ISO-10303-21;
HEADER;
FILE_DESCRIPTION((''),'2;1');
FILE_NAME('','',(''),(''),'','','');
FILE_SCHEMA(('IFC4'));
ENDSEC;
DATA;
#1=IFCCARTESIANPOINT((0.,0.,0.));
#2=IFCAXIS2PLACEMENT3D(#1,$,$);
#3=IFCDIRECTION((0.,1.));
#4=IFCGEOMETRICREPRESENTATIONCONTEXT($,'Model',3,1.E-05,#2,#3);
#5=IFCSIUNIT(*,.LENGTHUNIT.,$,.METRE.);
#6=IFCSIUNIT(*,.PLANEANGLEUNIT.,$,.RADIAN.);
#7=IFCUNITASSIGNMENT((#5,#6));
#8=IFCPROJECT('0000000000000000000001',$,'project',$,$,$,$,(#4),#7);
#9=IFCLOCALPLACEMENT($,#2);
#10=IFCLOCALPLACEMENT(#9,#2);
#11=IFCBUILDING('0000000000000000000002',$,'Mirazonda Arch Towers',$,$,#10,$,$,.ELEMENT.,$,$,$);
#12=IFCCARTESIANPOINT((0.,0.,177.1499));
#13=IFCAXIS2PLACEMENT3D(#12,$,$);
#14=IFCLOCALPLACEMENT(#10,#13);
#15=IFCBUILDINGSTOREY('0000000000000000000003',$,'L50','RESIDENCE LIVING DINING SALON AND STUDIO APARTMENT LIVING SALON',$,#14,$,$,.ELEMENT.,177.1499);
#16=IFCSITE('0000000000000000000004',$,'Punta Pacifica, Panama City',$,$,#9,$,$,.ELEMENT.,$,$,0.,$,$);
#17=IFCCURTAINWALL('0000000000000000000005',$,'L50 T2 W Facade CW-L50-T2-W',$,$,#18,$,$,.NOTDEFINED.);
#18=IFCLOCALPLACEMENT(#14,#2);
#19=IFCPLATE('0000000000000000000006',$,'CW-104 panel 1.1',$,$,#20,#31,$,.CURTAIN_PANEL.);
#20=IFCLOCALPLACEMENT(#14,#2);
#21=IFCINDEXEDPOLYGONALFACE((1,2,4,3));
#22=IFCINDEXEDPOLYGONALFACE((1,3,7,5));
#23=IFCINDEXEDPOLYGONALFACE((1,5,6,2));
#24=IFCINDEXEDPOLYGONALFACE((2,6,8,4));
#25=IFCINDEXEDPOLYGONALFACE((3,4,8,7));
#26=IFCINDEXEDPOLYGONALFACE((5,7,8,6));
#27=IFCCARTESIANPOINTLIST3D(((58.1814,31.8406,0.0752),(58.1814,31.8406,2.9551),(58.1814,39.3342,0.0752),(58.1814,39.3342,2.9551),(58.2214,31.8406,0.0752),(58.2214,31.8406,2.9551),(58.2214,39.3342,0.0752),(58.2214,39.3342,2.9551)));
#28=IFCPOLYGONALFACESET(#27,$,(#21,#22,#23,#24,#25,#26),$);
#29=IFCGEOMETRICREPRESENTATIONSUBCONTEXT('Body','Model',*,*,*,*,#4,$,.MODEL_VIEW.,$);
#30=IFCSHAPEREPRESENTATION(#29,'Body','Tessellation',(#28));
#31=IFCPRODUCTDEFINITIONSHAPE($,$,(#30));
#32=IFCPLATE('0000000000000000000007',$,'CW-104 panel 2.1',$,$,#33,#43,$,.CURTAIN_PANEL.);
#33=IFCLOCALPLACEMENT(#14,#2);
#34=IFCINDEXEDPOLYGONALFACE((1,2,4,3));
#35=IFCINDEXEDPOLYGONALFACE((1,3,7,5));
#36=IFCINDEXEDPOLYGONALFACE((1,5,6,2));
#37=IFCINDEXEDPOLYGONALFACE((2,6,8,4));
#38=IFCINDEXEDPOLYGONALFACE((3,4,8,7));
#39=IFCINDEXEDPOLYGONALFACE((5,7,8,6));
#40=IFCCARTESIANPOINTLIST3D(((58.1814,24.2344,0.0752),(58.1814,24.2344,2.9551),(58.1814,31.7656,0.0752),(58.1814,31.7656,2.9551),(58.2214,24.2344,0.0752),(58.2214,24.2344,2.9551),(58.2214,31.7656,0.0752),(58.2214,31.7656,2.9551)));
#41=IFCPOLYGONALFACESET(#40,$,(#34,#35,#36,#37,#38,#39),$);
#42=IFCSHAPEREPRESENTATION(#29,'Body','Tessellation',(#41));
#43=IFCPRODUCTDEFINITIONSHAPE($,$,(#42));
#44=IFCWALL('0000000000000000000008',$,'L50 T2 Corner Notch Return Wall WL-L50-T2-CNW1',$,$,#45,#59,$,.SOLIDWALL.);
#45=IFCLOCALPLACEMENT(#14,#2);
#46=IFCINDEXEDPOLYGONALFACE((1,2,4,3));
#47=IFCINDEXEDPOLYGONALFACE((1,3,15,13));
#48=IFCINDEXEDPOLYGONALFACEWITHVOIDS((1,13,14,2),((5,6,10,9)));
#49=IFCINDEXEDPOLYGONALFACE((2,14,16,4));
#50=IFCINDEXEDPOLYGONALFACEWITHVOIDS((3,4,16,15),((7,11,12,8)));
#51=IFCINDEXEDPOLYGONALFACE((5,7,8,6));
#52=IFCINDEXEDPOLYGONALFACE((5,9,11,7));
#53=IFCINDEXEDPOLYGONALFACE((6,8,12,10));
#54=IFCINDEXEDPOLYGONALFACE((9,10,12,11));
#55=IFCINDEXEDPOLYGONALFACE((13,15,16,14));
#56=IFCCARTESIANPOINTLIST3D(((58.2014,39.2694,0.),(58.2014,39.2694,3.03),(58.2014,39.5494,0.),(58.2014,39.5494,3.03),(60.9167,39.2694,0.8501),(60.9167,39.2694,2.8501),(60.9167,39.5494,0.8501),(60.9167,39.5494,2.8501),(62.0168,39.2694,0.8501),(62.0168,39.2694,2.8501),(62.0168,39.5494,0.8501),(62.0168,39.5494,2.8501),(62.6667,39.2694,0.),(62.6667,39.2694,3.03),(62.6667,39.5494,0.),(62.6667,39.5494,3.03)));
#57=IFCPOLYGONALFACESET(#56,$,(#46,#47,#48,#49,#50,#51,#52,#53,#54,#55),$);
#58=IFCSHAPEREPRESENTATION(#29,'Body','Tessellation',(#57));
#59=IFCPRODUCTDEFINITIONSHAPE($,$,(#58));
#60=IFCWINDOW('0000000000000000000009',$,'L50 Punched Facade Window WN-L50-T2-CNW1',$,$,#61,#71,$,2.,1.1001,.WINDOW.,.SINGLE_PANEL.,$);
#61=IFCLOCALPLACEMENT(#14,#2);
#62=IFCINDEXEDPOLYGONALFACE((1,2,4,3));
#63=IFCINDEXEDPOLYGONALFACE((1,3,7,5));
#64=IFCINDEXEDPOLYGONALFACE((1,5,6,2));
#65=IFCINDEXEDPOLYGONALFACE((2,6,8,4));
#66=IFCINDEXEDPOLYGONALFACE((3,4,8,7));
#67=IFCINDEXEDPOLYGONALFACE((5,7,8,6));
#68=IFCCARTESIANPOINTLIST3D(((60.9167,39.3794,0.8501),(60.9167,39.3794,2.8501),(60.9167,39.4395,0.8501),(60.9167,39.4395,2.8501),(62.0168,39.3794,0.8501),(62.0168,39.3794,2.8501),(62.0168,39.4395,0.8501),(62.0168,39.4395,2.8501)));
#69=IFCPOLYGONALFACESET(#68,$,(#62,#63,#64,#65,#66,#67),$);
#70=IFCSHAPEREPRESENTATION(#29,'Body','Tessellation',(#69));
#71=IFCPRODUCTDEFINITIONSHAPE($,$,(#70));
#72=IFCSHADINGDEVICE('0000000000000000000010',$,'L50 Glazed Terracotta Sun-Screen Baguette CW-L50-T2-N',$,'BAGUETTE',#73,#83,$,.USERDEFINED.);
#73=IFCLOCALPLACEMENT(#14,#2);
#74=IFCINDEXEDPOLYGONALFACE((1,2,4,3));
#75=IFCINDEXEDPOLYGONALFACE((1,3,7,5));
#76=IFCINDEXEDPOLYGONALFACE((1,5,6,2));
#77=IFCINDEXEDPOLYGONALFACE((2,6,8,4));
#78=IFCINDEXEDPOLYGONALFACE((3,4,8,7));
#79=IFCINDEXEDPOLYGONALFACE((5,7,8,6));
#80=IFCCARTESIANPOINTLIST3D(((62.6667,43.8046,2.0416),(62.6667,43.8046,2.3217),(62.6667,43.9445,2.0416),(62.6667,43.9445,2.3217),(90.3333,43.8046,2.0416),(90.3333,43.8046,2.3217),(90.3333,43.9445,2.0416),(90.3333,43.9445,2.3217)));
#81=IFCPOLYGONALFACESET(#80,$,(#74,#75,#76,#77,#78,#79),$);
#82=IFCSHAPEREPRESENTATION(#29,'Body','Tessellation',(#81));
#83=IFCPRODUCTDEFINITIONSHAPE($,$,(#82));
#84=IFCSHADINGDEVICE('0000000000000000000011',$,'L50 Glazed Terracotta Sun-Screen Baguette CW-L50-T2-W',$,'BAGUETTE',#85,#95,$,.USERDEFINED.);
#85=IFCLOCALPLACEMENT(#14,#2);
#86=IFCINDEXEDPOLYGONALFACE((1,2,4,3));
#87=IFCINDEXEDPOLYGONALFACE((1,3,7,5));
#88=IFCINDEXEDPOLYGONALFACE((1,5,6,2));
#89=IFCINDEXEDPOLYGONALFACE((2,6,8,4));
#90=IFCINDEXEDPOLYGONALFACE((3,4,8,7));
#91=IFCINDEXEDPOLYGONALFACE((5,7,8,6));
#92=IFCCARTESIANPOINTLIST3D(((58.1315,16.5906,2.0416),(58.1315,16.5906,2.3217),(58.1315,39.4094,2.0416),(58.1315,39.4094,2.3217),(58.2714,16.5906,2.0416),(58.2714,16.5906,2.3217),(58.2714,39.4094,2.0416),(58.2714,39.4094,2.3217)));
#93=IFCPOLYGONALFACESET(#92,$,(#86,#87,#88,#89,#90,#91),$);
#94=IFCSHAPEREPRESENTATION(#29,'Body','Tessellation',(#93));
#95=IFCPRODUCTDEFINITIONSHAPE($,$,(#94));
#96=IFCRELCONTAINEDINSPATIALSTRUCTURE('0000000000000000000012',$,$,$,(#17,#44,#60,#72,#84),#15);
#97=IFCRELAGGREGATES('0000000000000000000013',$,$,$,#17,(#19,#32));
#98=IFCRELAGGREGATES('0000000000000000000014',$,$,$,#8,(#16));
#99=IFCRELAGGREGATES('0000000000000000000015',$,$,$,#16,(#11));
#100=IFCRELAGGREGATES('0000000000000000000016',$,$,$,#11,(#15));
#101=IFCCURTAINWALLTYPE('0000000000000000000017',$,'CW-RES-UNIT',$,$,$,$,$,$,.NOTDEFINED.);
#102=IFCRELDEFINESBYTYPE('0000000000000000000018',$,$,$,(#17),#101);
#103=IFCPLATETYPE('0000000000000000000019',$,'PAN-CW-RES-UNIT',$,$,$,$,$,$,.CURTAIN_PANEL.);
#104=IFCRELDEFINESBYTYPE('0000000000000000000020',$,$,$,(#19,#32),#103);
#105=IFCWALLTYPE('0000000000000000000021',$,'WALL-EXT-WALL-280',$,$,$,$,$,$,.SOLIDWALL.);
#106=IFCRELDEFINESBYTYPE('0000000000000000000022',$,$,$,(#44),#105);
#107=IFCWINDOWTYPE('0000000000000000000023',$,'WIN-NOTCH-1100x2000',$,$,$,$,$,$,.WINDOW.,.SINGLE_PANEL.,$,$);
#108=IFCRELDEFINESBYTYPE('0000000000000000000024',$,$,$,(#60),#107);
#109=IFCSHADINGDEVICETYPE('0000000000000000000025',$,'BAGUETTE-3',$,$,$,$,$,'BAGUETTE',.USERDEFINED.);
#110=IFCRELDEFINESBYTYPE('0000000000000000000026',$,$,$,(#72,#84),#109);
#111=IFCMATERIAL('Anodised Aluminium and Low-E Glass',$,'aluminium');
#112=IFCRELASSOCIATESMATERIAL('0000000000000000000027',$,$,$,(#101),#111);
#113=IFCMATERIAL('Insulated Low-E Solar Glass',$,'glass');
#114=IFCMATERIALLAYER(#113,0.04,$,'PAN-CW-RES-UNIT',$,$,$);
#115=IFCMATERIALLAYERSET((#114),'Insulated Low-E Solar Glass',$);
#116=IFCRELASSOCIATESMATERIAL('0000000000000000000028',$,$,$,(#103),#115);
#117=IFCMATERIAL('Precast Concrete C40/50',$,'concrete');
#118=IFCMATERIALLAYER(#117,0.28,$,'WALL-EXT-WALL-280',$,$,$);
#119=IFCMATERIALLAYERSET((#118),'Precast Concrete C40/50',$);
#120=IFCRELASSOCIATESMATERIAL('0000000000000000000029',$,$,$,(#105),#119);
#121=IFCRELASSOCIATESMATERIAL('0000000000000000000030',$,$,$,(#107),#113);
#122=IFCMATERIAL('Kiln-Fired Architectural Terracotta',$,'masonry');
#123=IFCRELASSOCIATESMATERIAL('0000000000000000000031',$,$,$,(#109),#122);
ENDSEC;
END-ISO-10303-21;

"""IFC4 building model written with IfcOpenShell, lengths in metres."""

from ifc_helpers import new_model, si_unit, direction, frame, frame_2d, origin, origin_2d, place, context, subcontext, project, spatial, rectangle, extrude, material, layer, layer_set, material_profile, profile_set, type_object, element, fill, aggregate, save


model = new_model("IFC4")

# Units and contexts
model_context = context("Model", 3, precision=1e-05, world=origin(), true_north=direction((0.0, 1.0)))
body_context = subcontext(model_context, "Body", "Model", "MODEL_VIEW")
ifc_project = project(units=[si_unit("LENGTHUNIT", "METRE"), si_unit("PLANEANGLEUNIT", "RADIAN")], contexts=[model_context])

# Site, building, storey
site_placement = place(None, origin())
site = spatial("IfcSite", under=ifc_project, at=site_placement, Name="Punta Pacifica, Panama City", CompositionType="ELEMENT", RefElevation=0.0)
building_placement = place(site_placement, origin())
building = spatial("IfcBuilding", under=site, at=building_placement, Name="Mirazonda Arch Towers", CompositionType="ELEMENT")
storey_placement = place(building_placement, frame((0.0, 0.0, 177.1499)))
storey = spatial("IfcBuildingStorey", under=building, at=storey_placement, Name="L50", Description="RESIDENCE LIVING DINING SALON AND STUDIO APARTMENT LIVING SALON", CompositionType="ELEMENT", Elevation=177.1499)

# Curtain wall, plates
ifc_material_1 = material(Name="Anodised Aluminium and Low-E Glass", Category="aluminium")
curtain_wall_type = type_object("IfcCurtainWallType", Name="CW-RES-UNIT", PredefinedType="NOTDEFINED", material=ifc_material_1)
curtain_wall_placement = place(storey_placement, origin())
curtain_wall = element("IfcCurtainWall", 1, at=curtain_wall_placement, inside=storey, type_object=curtain_wall_type, Name="L50 T2 W Facade CW-L50-T2-W", PredefinedType="NOTDEFINED")
ifc_material_2 = material(Name="Insulated Low-E Solar Glass", Category="glass")
ifc_layer_1 = layer(ifc_material_2, 0.04, Name="PAN-CW-RES-UNIT")
ifc_layer_set_1 = layer_set([ifc_layer_1], Name="Insulated Low-E Solar Glass")
plate_type = type_object("IfcPlateType", Name="PAN-CW-RES-UNIT", PredefinedType="CURTAIN_PANEL", material=ifc_layer_set_1)
plate_1_placement = place(storey_placement, frame((58.2014, 35.5874, 0.0752), z_axis=(0.0, 0.0, 1.0), x_axis=(0.0, -1.0, 0.0)))
plate_1 = element("IfcPlate", 2, at=plate_1_placement, type_object=plate_type, Name="CW-104 panel 1.1", PredefinedType="CURTAIN_PANEL", context=body_context, shape_type="SweptSolid", body=[
    extrude(rectangle(XDim=7.4937, YDim=0.04, at=origin_2d()), origin(), (0.0, 0.0, 1.0), 2.8799),
])
plate_2_placement = place(storey_placement, frame((58.2014, 28.0, 0.0752), z_axis=(0.0, 0.0, 1.0), x_axis=(0.0, -1.0, 0.0)))
plate_2 = element("IfcPlate", 3, at=plate_2_placement, type_object=plate_type, Name="CW-104 panel 2.1", PredefinedType="CURTAIN_PANEL", context=body_context, shape_type="SweptSolid", body=[
    extrude(rectangle(XDim=7.5312, YDim=0.04, at=origin_2d()), origin(), (0.0, 0.0, 1.0), 2.8799),
])
aggregate(curtain_wall, [plate_1, plate_2])

# Wall, opening, window
ifc_material_3 = material(Name="Precast Concrete C40/50", Category="concrete")
ifc_layer_2 = layer(ifc_material_3, 0.28, Name="WALL-EXT-WALL-280")
ifc_layer_set_2 = layer_set([ifc_layer_2], Name="Precast Concrete C40/50")
wall_type = type_object("IfcWallType", Name="WALL-EXT-WALL-280", PredefinedType="SOLIDWALL", material=ifc_layer_set_2)
wall_placement = place(storey_placement, frame((62.6667, 39.4094, 0.0), z_axis=(0.0, 0.0, 1.0), x_axis=(-1.0, 0.0, 0.0)))
wall = element("IfcWall", 4, at=wall_placement, inside=storey, type_object=wall_type, Name="L50 T2 Corner Notch Return Wall WL-L50-T2-CNW1", PredefinedType="SOLIDWALL", context=body_context, shape_type="SweptSolid", body=[
    extrude(rectangle(XDim=4.4653, YDim=0.28, at=frame_2d((2.2327, 0.0))), origin(), (0.0, 0.0, 1.0), 3.03),
])
opening_placement = place(wall_placement, frame((0.6499, 0.0, 0.8501)))
opening = element("IfcOpeningElement", 5, at=opening_placement, cuts=wall, PredefinedType="OPENING", context=body_context, shape_type="SweptSolid", body=[
    extrude(rectangle(XDim=1.1001, YDim=2.0, at=frame_2d((0.55, 1.0))), frame((0.0, 0.1499, 0.0), z_axis=(0.0, -1.0, 0.0), x_axis=(1.0, 0.0, 0.0)), (0.0, 0.0, 1.0), 0.3),
])
window_type = type_object("IfcWindowType", Name="WIN-NOTCH-1100x2000", PartitioningType="SINGLE_PANEL", PredefinedType="WINDOW", material=ifc_material_2)
window_placement = place(opening_placement, origin())
window = element("IfcWindow", 6, at=window_placement, inside=storey, type_object=window_type, Name="L50 Punched Facade Window WN-L50-T2-CNW1", OverallHeight=2.0, OverallWidth=1.1001, PartitioningType="SINGLE_PANEL", PredefinedType="WINDOW", context=body_context, shape_type="SweptSolid", body=[
    extrude(rectangle(XDim=1.1001, YDim=2.0, at=frame_2d((0.55, 1.0))), frame((0.0, 0.03, 0.0), z_axis=(0.0, -1.0, 0.0), x_axis=(1.0, 0.0, 0.0)), (0.0, 0.0, 1.0), 0.0601),
])
fill(opening, window)

# Shading devices
ifc_material_4 = material(Name="Kiln-Fired Architectural Terracotta", Category="masonry")
ifc_material_profile_1 = material_profile(ifc_material_4, rectangle(XDim=0.1399, YDim=0.28, at=origin_2d()), Name="TERRA-BAG-140x280")
ifc_profile_set_1 = profile_set([ifc_material_profile_1], Name="Kiln-Fired Architectural Terracotta")
shading_device_type = type_object("IfcShadingDeviceType", Name="BAGUETTE-3", ElementType="BAGUETTE", PredefinedType="USERDEFINED", material=ifc_profile_set_1)
shading_device_1_placement = place(storey_placement, frame((62.6667, 43.8745, 2.1816), z_axis=(1.0, 0.0, 0.0), x_axis=(0.0, 1.0, 0.0)))
element("IfcShadingDevice", 7, at=shading_device_1_placement, inside=storey, type_object=shading_device_type, Name="L50 Glazed Terracotta Sun-Screen Baguette CW-L50-T2-N", ObjectType="BAGUETTE", PredefinedType="USERDEFINED", context=body_context, shape_type="SweptSolid", body=[
    extrude(rectangle(XDim=0.1399, YDim=0.28, at=origin_2d()), origin(), (0.0, 0.0, 1.0), 27.6665),
])
shading_device_2_placement = place(storey_placement, frame((58.2014, 39.4094, 2.1816), z_axis=(0.0, -1.0, 0.0), x_axis=(1.0, 0.0, 0.0)))
element("IfcShadingDevice", 8, at=shading_device_2_placement, inside=storey, type_object=shading_device_type, Name="L50 Glazed Terracotta Sun-Screen Baguette CW-L50-T2-W", ObjectType="BAGUETTE", PredefinedType="USERDEFINED", context=body_context, shape_type="SweptSolid", body=[
    extrude(rectangle(XDim=0.1399, YDim=0.28, at=origin_2d()), origin(), (0.0, 0.0, 1.0), 22.8188),
])

save(model, "model.ifc")
